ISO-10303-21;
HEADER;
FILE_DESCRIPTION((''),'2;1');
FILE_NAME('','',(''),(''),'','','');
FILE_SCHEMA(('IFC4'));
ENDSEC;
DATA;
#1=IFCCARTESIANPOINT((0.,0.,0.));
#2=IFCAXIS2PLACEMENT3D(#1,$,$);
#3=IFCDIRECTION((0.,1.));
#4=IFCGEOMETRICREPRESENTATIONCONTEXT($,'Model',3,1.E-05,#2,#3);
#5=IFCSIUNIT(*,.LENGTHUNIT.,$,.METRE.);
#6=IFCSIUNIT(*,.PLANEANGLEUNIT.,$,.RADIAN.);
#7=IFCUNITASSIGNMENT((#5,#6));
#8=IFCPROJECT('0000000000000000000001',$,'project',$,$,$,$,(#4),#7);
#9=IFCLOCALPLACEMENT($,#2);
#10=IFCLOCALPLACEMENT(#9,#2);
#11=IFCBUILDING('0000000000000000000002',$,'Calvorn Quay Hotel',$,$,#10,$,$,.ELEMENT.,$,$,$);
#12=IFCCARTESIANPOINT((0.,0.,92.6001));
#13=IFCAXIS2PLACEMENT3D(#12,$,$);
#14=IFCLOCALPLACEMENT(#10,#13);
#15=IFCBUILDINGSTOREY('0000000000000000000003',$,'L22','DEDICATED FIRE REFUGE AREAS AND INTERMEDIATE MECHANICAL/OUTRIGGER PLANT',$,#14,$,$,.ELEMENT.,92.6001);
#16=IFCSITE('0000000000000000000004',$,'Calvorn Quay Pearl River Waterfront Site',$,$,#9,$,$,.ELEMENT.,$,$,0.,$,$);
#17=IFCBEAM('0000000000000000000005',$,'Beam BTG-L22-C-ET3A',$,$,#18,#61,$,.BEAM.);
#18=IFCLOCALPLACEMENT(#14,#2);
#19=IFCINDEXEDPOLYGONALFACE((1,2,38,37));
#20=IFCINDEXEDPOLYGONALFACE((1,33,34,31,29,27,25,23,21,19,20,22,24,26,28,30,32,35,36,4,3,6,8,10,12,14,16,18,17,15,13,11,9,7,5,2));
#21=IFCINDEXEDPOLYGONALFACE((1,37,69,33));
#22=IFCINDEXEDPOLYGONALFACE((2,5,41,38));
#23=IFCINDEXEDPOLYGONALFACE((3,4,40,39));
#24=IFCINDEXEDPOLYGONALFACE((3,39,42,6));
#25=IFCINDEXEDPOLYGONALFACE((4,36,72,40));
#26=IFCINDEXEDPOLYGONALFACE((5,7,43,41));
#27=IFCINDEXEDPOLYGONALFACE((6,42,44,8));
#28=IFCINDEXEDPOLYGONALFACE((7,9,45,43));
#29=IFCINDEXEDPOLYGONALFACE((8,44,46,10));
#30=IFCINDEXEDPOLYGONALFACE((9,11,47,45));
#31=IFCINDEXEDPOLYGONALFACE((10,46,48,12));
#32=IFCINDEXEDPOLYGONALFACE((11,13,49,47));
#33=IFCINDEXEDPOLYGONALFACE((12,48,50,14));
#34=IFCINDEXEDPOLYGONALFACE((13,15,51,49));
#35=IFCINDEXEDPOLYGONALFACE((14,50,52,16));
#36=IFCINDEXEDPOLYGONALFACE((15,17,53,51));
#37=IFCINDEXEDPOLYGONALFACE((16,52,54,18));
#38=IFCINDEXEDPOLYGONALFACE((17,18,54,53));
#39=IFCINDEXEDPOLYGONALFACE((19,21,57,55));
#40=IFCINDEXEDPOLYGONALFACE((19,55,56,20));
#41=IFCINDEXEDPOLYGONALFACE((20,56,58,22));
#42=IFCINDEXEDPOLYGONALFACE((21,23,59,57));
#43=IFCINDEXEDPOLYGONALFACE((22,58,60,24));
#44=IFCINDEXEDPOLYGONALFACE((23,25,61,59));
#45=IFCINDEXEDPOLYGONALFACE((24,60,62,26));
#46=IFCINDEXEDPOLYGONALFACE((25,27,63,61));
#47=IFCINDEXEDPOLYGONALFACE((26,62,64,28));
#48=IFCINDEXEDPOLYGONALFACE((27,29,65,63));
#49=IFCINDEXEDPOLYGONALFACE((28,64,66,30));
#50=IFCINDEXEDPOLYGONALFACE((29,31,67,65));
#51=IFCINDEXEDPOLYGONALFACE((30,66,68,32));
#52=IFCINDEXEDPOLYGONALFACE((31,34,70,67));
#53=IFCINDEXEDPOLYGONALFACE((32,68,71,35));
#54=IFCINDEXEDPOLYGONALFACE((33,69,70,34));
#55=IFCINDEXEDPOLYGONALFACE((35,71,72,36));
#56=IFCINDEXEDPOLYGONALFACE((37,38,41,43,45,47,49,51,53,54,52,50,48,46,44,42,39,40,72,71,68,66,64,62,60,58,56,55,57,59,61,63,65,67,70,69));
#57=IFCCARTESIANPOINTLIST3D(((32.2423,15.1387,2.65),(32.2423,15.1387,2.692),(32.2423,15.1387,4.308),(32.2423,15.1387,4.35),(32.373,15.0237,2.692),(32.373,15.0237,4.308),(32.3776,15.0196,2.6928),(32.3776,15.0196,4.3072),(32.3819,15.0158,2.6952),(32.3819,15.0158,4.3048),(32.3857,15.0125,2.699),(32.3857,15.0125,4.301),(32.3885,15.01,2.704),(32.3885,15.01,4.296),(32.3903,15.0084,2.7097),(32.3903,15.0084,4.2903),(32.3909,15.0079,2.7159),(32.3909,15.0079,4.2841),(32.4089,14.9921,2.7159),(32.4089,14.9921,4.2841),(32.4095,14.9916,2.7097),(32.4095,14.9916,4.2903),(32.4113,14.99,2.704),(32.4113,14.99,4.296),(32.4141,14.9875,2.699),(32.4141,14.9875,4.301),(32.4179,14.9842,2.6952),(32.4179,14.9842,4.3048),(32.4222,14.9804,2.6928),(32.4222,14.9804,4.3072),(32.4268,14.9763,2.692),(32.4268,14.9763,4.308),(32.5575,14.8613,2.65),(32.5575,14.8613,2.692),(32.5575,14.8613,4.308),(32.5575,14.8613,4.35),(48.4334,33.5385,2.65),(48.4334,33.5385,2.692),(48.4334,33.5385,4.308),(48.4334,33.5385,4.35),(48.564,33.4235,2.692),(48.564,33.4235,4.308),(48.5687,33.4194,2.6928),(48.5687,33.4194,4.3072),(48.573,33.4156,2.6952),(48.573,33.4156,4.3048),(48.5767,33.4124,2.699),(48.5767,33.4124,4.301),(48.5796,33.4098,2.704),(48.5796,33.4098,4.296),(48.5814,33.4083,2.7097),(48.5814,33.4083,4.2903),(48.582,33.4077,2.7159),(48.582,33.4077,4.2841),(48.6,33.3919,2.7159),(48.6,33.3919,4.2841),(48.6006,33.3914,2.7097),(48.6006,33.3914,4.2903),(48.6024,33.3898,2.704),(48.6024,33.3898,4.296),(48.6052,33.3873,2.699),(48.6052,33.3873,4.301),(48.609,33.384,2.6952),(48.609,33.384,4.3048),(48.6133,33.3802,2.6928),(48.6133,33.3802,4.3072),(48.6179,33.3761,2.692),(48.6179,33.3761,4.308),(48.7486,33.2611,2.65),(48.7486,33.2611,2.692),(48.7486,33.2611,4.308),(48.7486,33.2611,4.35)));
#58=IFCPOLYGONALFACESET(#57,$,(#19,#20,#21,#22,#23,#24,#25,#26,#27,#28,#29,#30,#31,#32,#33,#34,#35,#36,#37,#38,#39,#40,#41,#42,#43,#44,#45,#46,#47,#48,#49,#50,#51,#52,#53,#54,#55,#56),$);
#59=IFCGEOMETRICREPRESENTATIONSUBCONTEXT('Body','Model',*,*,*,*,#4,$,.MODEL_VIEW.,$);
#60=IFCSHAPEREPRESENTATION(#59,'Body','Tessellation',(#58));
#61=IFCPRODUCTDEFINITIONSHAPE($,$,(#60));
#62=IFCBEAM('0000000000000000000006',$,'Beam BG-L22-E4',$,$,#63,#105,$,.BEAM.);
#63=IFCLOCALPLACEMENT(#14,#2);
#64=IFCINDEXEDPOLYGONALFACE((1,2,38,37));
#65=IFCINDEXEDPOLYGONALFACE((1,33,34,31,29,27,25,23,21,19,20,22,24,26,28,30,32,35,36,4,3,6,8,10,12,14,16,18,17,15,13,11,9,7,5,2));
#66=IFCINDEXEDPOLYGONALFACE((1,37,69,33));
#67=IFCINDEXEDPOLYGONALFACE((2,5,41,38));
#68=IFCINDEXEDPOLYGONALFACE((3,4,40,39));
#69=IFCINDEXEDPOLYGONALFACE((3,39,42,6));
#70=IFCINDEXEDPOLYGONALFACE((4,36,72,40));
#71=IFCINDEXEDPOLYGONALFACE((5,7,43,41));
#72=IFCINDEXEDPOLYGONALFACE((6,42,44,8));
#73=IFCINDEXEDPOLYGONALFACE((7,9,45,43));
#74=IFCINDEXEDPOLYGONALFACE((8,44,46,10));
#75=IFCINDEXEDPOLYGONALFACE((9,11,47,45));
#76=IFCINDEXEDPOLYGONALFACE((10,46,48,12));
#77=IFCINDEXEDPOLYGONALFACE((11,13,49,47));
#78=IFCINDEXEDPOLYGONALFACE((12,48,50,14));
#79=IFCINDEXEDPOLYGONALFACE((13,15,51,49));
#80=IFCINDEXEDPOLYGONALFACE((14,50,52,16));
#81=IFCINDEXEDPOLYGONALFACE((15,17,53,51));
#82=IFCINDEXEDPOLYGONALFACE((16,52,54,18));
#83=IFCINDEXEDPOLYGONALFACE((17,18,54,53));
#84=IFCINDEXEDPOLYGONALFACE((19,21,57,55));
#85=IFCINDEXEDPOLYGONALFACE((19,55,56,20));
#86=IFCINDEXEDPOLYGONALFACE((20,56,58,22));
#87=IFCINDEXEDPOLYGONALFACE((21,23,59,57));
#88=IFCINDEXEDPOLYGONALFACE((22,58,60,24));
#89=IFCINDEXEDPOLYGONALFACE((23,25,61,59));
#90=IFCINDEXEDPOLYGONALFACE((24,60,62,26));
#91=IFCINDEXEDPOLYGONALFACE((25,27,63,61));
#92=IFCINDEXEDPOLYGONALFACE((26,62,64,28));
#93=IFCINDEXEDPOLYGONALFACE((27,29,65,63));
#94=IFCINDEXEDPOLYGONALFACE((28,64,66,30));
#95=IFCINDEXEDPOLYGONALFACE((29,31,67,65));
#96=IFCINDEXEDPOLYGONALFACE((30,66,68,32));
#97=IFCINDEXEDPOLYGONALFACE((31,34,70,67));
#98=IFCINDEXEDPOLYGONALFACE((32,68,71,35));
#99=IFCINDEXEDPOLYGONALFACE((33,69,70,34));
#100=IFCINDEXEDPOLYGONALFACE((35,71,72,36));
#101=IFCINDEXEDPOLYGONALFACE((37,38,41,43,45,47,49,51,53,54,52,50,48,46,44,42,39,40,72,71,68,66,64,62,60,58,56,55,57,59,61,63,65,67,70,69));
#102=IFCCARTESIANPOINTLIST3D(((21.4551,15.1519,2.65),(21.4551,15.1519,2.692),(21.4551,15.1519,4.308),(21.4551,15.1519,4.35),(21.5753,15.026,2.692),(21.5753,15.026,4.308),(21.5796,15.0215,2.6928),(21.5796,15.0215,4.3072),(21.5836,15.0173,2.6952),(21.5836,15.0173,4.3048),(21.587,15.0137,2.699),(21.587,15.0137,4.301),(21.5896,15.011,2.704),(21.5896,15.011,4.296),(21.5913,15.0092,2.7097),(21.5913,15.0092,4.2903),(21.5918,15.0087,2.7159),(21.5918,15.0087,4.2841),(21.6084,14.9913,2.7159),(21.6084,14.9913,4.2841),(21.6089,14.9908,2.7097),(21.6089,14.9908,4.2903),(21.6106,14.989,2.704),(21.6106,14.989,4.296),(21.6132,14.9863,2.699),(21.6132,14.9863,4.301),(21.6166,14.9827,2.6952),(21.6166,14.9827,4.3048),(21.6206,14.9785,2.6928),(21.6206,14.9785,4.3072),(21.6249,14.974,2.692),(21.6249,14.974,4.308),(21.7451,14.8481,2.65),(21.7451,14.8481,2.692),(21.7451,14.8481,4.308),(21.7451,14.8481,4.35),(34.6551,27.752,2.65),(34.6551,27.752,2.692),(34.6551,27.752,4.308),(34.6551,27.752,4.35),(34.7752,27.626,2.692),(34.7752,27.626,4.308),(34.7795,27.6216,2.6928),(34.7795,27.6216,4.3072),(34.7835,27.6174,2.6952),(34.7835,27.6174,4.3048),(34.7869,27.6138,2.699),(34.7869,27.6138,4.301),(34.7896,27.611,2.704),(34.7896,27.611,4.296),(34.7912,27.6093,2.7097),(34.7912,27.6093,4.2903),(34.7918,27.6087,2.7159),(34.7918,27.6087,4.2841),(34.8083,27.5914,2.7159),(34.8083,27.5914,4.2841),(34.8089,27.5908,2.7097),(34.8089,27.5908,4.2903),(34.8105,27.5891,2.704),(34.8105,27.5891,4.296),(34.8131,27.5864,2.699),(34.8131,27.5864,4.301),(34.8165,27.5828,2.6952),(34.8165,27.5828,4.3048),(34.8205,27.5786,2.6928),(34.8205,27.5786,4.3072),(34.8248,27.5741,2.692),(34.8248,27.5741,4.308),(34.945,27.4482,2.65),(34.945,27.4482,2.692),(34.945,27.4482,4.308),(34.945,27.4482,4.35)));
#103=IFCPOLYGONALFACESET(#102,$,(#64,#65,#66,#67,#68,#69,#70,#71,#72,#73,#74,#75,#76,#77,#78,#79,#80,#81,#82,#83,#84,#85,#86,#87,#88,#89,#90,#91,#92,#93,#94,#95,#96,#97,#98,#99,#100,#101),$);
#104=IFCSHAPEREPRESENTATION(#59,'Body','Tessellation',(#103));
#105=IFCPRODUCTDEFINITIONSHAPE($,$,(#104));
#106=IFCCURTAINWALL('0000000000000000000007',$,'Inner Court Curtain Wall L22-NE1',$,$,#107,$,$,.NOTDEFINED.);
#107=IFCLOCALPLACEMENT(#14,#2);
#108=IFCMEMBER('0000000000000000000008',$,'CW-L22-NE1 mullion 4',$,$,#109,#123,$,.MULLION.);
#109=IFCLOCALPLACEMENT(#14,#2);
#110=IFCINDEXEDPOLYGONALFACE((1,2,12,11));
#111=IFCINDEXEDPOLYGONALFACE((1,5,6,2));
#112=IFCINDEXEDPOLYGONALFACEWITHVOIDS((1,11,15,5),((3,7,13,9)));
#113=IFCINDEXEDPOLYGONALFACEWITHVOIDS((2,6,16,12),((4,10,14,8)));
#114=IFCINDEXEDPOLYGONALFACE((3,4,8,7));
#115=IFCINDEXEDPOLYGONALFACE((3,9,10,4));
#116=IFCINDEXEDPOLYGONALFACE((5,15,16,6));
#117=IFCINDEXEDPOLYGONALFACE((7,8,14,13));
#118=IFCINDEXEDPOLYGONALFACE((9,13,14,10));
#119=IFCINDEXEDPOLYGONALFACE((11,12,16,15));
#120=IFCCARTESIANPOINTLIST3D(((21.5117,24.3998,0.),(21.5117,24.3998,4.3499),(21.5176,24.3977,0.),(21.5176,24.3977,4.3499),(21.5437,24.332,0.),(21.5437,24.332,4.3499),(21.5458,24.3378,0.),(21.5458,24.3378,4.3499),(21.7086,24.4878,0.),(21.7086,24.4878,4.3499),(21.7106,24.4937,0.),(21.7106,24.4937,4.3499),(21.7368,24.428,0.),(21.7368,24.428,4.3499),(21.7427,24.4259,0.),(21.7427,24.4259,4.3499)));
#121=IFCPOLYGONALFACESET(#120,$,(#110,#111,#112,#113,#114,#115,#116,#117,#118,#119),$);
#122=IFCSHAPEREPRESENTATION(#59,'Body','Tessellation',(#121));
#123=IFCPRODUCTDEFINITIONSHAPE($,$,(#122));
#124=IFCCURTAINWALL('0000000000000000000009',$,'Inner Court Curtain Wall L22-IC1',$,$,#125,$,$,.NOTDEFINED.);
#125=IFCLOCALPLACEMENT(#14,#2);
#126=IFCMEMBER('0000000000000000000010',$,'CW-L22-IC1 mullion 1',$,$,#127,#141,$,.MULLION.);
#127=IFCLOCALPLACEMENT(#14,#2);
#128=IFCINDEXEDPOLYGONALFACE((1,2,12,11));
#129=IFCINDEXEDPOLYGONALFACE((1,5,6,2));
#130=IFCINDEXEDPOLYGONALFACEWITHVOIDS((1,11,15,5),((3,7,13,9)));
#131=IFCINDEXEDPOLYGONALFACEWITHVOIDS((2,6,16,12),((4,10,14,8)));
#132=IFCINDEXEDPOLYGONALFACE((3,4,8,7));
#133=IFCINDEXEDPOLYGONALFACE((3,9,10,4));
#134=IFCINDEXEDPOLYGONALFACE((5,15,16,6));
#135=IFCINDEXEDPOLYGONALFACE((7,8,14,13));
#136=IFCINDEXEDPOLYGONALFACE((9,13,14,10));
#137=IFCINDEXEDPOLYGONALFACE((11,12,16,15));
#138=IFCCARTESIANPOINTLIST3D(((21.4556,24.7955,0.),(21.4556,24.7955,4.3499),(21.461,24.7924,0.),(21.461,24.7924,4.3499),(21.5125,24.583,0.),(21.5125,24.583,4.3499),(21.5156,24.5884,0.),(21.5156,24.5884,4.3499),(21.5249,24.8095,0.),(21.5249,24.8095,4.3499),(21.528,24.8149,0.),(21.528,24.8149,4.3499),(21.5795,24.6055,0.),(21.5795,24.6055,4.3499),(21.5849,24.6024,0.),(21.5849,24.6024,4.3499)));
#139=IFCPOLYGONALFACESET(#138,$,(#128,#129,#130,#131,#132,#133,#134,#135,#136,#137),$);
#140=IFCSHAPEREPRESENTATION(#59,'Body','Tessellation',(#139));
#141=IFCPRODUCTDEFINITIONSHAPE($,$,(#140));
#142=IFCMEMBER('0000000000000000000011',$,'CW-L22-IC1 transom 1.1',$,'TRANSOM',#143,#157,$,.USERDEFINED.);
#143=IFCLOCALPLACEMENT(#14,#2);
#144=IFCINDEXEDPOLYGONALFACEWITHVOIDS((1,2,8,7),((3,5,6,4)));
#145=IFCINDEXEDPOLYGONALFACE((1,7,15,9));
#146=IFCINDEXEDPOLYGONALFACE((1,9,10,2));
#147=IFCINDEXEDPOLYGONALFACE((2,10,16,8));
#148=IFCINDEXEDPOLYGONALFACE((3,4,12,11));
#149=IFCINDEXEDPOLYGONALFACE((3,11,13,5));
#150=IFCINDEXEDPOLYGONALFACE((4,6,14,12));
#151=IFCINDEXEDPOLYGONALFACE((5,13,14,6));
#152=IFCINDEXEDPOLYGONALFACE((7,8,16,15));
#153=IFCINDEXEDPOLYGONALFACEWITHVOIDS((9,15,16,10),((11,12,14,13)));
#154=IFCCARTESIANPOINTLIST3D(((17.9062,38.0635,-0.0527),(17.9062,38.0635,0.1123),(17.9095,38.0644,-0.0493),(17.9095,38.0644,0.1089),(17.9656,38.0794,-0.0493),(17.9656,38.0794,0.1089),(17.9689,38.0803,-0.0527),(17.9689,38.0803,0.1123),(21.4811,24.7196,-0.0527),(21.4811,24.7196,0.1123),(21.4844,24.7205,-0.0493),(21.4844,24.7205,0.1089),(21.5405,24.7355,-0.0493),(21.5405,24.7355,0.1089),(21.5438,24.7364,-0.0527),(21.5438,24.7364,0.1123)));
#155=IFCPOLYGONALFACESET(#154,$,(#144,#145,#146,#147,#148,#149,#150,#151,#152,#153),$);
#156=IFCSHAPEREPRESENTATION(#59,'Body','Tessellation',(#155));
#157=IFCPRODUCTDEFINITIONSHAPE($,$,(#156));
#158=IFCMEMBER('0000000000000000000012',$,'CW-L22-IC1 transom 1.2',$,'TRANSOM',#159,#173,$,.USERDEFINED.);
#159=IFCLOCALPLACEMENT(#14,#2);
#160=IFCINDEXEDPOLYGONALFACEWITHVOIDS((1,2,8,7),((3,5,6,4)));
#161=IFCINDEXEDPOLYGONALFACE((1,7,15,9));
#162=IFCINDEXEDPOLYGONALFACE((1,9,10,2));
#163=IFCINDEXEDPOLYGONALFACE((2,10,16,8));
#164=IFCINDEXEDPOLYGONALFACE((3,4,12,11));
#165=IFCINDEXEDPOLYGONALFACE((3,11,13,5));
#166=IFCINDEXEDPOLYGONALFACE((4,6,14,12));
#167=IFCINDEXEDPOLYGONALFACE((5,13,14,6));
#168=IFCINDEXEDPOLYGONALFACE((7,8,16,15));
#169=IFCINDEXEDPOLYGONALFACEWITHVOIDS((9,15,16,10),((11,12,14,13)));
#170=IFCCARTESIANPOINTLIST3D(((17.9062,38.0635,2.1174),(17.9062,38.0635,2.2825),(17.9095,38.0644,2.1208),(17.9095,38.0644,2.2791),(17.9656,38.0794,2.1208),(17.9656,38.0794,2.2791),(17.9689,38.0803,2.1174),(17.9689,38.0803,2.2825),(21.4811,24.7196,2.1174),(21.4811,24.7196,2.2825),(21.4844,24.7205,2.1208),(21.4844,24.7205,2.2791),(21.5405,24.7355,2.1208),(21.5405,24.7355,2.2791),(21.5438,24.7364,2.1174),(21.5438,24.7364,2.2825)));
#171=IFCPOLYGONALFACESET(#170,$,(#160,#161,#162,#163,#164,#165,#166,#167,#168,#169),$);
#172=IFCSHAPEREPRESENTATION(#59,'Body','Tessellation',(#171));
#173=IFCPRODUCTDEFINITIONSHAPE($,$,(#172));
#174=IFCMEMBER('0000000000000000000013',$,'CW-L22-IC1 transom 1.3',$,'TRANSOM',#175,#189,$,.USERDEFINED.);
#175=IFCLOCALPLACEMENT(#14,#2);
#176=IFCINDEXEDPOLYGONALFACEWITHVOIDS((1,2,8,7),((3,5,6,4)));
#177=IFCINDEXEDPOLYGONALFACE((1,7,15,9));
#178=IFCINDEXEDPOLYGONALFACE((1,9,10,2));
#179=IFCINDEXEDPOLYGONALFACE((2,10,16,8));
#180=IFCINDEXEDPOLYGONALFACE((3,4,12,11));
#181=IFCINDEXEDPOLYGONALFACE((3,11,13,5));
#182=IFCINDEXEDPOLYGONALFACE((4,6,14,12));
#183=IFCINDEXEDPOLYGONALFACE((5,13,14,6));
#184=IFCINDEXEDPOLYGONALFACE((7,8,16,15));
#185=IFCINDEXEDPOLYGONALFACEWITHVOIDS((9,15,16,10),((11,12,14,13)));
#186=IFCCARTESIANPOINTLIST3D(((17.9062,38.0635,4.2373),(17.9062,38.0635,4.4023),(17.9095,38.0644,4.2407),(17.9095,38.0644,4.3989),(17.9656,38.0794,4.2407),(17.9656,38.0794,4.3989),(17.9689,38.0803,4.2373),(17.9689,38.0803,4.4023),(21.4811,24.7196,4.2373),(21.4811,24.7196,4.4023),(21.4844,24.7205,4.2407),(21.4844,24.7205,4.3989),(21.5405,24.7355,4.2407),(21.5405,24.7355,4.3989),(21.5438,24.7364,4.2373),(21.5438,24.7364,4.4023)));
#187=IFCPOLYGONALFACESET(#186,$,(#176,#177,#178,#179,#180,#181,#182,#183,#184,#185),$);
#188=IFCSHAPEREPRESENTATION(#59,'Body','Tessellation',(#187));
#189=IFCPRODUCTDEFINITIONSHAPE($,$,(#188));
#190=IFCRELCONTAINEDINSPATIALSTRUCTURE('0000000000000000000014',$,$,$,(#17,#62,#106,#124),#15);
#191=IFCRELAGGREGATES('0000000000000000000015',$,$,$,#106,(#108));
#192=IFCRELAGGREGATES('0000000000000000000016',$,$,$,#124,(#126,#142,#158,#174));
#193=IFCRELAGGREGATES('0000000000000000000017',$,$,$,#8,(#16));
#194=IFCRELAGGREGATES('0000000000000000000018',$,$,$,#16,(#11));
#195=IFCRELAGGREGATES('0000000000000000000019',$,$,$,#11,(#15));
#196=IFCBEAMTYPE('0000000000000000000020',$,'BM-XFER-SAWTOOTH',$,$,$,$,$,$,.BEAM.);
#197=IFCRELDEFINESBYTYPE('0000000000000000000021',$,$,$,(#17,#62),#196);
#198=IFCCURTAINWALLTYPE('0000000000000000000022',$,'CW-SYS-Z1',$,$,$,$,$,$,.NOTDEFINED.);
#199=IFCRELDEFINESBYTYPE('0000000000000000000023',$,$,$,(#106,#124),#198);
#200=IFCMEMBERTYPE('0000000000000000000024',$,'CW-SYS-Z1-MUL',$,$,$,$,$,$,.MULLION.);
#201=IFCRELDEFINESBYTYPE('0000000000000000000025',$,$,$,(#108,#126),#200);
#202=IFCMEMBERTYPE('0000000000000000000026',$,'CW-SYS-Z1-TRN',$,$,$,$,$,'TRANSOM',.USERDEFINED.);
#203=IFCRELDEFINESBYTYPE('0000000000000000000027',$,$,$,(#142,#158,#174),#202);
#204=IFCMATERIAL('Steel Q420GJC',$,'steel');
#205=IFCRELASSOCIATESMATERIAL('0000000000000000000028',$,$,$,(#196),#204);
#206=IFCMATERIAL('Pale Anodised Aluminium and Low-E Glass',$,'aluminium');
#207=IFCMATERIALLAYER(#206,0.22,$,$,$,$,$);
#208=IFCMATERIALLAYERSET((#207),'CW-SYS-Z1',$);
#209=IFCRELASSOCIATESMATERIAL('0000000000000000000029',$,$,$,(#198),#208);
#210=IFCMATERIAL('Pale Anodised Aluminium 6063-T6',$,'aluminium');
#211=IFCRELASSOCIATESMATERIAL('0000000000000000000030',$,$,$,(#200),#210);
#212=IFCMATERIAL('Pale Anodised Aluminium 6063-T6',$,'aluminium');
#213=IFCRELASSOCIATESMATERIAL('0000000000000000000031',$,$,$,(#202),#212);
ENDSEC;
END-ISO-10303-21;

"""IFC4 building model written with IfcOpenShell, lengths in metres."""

from ifc_helpers import new_model, si_unit, direction, frame, origin, origin_2d, place, context, subcontext, project, spatial, hollow_rectangle, i_section, extrude, material, layer, layer_set, material_profile, profile_set, type_object, element, aggregate, save


model = new_model("IFC4")

# Units and contexts
model_context = context("Model", 3, precision=1e-05, world=origin(), true_north=direction((0.0, 1.0)))
body_context = subcontext(model_context, "Body", "Model", "MODEL_VIEW")
ifc_project = project(units=[si_unit("LENGTHUNIT", "METRE"), si_unit("PLANEANGLEUNIT", "RADIAN")], contexts=[model_context])

# Site, building, storey
site_placement = place(None, origin())
site = spatial("IfcSite", under=ifc_project, at=site_placement, Name="Calvorn Quay Pearl River Waterfront Site", CompositionType="ELEMENT", RefElevation=0.0)
building_placement = place(site_placement, origin())
building = spatial("IfcBuilding", under=site, at=building_placement, Name="Calvorn Quay Hotel", CompositionType="ELEMENT")
storey_placement = place(building_placement, frame((0.0, 0.0, 92.6001)))
storey = spatial("IfcBuildingStorey", under=building, at=storey_placement, Name="L22", Description="DEDICATED FIRE REFUGE AREAS AND INTERMEDIATE MECHANICAL/OUTRIGGER PLANT", CompositionType="ELEMENT", Elevation=92.6001)

# Beams
ifc_material_1 = material(Name="Steel Q420GJC", Category="steel")
ifc_material_profile_1 = material_profile(ifc_material_1, i_section(OverallWidth=0.4199, OverallDepth=1.7, WebThickness=0.0239, FlangeThickness=0.042, FilletRadius=0.0239, at=origin_2d()), Name="HN1700x420x24x42")
ifc_profile_set_1 = profile_set([ifc_material_profile_1], Name="Steel Q420GJC")
beam_type_1 = type_object("IfcBeamType", Name="BM-XFER-SAWTOOTH", PredefinedType="BEAM", material=ifc_profile_set_1)
beam_1_placement = place(storey_placement, frame((32.3999, 15.0, 3.5), z_axis=(0.660611, 0.750729, 0.0), x_axis=(-0.750729, 0.660611, 0.0)))
element("IfcBeam", 1, at=beam_1_placement, inside=storey, type_object=beam_type_1, Name="Beam BTG-L22-C-ET3A", PredefinedType="BEAM", context=body_context, shape_type="SweptSolid", body=[
    extrude(i_section(OverallWidth=0.4199, OverallDepth=1.7, WebThickness=0.0239, FlangeThickness=0.042, FilletRadius=0.0239, at=origin_2d()), origin(), (0.0, 0.0, 1.0), 24.5093),
])
beam_2_placement = place(storey_placement, frame((21.6001, 15.0, 3.5), z_axis=(0.723352, 0.69048, 0.0), x_axis=(-0.69048, 0.723352, 0.0)))
element("IfcBeam", 2, at=beam_2_placement, inside=storey, type_object=beam_type_1, Name="Beam BG-L22-E4", PredefinedType="BEAM", context=body_context, shape_type="SweptSolid", body=[
    extrude(i_section(OverallWidth=0.4199, OverallDepth=1.7, WebThickness=0.0239, FlangeThickness=0.042, FilletRadius=0.0239, at=origin_2d()), origin(), (0.0, 0.0, 1.0), 18.2483),
])

# Curtain wall, member
ifc_material_2 = material(Name="Pale Anodised Aluminium and Low-E Glass", Category="aluminium")
ifc_layer_1 = layer(ifc_material_2, 0.22)
ifc_layer_set_1 = layer_set([ifc_layer_1], Name="CW-SYS-Z1")
curtain_wall_type = type_object("IfcCurtainWallType", Name="CW-SYS-Z1", PredefinedType="NOTDEFINED", material=ifc_layer_set_1)
curtain_wall_1_placement = place(storey_placement, origin())
curtain_wall_1 = element("IfcCurtainWall", 3, at=curtain_wall_1_placement, inside=storey, type_object=curtain_wall_type, Name="Inner Court Curtain Wall L22-NE1", PredefinedType="NOTDEFINED")
ifc_material_3 = material(Name="Pale Anodised Aluminium 6063-T6", Category="aluminium")
ifc_material_profile_2 = material_profile(ifc_material_3, hollow_rectangle(XDim=0.075, YDim=0.22, WallThickness=0.0044, at=origin_2d()), Name="ALU-M220x75x4.5")
ifc_profile_set_2 = profile_set([ifc_material_profile_2], Name="Pale Anodised Aluminium 6063-T6")
member_type_1 = type_object("IfcMemberType", Name="CW-SYS-Z1-MUL", PredefinedType="MULLION", material=ifc_profile_set_2)
member_1_placement = place(storey_placement, frame((21.6272, 24.4128, 0.0), z_axis=(0.0, 0.0, 1.0), x_axis=(0.427006, -0.904249, 0.0)))
member_1 = element("IfcMember", 4, at=member_1_placement, type_object=member_type_1, Name="CW-L22-NE1 mullion 4", PredefinedType="MULLION", context=body_context, shape_type="SweptSolid", body=[
    extrude(hollow_rectangle(XDim=0.075, YDim=0.22, WallThickness=0.0044, at=origin_2d()), origin(), (0.0, 0.0, 1.0), 4.3499),
])
aggregate(curtain_wall_1, [member_1])

# Curtain wall, members
curtain_wall_2_placement = place(storey_placement, origin())
curtain_wall_2 = element("IfcCurtainWall", 5, at=curtain_wall_2_placement, inside=storey, type_object=curtain_wall_type, Name="Inner Court Curtain Wall L22-IC1", PredefinedType="NOTDEFINED")
member_2_placement = place(storey_placement, frame((21.5203, 24.699, 0.0), z_axis=(0.0, 0.0, 1.0), x_axis=(-0.965937, -0.258779, 0.0)))
member_2 = element("IfcMember", 6, at=member_2_placement, type_object=member_type_1, Name="CW-L22-IC1 mullion 1", PredefinedType="MULLION", context=body_context, shape_type="SweptSolid", body=[
    extrude(hollow_rectangle(XDim=0.075, YDim=0.22, WallThickness=0.0044, at=origin_2d()), origin(), (0.0, 0.0, 1.0), 4.3499),
])
ifc_material_4 = material(Name="Pale Anodised Aluminium 6063-T6", Category="aluminium")
ifc_material_profile_3 = material_profile(ifc_material_4, hollow_rectangle(XDim=0.0649, YDim=0.165, WallThickness=0.0034, at=origin_2d()), Name="ALU-T165x65x3.5")
ifc_profile_set_3 = profile_set([ifc_material_profile_3], Name="Pale Anodised Aluminium 6063-T6")
member_type_2 = type_object("IfcMemberType", Name="CW-SYS-Z1-TRN", ElementType="TRANSOM", PredefinedType="USERDEFINED", material=ifc_profile_set_3)
member_3_placement = place(storey_placement, frame((21.5125, 24.728, 0.0298), z_axis=(-0.258781, 0.965936, 0.0), x_axis=(-0.965936, -0.258781, 0.0)))
member_3 = element("IfcMember", 7, at=member_3_placement, type_object=member_type_2, Name="CW-L22-IC1 transom 1.1", ObjectType="TRANSOM", PredefinedType="USERDEFINED", context=body_context, shape_type="SweptSolid", body=[
    extrude(hollow_rectangle(XDim=0.0649, YDim=0.165, WallThickness=0.0034, at=origin_2d()), origin(), (0.0, 0.0, 1.0), 13.8145),
])
member_4_placement = place(storey_placement, frame((21.5125, 24.728, 2.2), z_axis=(-0.258781, 0.965936, 0.0), x_axis=(-0.965936, -0.258781, 0.0)))
member_4 = element("IfcMember", 8, at=member_4_placement, type_object=member_type_2, Name="CW-L22-IC1 transom 1.2", ObjectType="TRANSOM", PredefinedType="USERDEFINED", context=body_context, shape_type="SweptSolid", body=[
    extrude(hollow_rectangle(XDim=0.0649, YDim=0.165, WallThickness=0.0034, at=origin_2d()), origin(), (0.0, 0.0, 1.0), 13.8145),
])
member_5_placement = place(storey_placement, frame((21.5125, 24.728, 4.3198), z_axis=(-0.258781, 0.965936, 0.0), x_axis=(-0.965936, -0.258781, 0.0)))
member_5 = element("IfcMember", 9, at=member_5_placement, type_object=member_type_2, Name="CW-L22-IC1 transom 1.3", ObjectType="TRANSOM", PredefinedType="USERDEFINED", context=body_context, shape_type="SweptSolid", body=[
    extrude(hollow_rectangle(XDim=0.0649, YDim=0.165, WallThickness=0.0034, at=origin_2d()), origin(), (0.0, 0.0, 1.0), 13.8145),
])
aggregate(curtain_wall_2, [member_2, member_3, member_4, member_5])

save(model, "model.ifc")
